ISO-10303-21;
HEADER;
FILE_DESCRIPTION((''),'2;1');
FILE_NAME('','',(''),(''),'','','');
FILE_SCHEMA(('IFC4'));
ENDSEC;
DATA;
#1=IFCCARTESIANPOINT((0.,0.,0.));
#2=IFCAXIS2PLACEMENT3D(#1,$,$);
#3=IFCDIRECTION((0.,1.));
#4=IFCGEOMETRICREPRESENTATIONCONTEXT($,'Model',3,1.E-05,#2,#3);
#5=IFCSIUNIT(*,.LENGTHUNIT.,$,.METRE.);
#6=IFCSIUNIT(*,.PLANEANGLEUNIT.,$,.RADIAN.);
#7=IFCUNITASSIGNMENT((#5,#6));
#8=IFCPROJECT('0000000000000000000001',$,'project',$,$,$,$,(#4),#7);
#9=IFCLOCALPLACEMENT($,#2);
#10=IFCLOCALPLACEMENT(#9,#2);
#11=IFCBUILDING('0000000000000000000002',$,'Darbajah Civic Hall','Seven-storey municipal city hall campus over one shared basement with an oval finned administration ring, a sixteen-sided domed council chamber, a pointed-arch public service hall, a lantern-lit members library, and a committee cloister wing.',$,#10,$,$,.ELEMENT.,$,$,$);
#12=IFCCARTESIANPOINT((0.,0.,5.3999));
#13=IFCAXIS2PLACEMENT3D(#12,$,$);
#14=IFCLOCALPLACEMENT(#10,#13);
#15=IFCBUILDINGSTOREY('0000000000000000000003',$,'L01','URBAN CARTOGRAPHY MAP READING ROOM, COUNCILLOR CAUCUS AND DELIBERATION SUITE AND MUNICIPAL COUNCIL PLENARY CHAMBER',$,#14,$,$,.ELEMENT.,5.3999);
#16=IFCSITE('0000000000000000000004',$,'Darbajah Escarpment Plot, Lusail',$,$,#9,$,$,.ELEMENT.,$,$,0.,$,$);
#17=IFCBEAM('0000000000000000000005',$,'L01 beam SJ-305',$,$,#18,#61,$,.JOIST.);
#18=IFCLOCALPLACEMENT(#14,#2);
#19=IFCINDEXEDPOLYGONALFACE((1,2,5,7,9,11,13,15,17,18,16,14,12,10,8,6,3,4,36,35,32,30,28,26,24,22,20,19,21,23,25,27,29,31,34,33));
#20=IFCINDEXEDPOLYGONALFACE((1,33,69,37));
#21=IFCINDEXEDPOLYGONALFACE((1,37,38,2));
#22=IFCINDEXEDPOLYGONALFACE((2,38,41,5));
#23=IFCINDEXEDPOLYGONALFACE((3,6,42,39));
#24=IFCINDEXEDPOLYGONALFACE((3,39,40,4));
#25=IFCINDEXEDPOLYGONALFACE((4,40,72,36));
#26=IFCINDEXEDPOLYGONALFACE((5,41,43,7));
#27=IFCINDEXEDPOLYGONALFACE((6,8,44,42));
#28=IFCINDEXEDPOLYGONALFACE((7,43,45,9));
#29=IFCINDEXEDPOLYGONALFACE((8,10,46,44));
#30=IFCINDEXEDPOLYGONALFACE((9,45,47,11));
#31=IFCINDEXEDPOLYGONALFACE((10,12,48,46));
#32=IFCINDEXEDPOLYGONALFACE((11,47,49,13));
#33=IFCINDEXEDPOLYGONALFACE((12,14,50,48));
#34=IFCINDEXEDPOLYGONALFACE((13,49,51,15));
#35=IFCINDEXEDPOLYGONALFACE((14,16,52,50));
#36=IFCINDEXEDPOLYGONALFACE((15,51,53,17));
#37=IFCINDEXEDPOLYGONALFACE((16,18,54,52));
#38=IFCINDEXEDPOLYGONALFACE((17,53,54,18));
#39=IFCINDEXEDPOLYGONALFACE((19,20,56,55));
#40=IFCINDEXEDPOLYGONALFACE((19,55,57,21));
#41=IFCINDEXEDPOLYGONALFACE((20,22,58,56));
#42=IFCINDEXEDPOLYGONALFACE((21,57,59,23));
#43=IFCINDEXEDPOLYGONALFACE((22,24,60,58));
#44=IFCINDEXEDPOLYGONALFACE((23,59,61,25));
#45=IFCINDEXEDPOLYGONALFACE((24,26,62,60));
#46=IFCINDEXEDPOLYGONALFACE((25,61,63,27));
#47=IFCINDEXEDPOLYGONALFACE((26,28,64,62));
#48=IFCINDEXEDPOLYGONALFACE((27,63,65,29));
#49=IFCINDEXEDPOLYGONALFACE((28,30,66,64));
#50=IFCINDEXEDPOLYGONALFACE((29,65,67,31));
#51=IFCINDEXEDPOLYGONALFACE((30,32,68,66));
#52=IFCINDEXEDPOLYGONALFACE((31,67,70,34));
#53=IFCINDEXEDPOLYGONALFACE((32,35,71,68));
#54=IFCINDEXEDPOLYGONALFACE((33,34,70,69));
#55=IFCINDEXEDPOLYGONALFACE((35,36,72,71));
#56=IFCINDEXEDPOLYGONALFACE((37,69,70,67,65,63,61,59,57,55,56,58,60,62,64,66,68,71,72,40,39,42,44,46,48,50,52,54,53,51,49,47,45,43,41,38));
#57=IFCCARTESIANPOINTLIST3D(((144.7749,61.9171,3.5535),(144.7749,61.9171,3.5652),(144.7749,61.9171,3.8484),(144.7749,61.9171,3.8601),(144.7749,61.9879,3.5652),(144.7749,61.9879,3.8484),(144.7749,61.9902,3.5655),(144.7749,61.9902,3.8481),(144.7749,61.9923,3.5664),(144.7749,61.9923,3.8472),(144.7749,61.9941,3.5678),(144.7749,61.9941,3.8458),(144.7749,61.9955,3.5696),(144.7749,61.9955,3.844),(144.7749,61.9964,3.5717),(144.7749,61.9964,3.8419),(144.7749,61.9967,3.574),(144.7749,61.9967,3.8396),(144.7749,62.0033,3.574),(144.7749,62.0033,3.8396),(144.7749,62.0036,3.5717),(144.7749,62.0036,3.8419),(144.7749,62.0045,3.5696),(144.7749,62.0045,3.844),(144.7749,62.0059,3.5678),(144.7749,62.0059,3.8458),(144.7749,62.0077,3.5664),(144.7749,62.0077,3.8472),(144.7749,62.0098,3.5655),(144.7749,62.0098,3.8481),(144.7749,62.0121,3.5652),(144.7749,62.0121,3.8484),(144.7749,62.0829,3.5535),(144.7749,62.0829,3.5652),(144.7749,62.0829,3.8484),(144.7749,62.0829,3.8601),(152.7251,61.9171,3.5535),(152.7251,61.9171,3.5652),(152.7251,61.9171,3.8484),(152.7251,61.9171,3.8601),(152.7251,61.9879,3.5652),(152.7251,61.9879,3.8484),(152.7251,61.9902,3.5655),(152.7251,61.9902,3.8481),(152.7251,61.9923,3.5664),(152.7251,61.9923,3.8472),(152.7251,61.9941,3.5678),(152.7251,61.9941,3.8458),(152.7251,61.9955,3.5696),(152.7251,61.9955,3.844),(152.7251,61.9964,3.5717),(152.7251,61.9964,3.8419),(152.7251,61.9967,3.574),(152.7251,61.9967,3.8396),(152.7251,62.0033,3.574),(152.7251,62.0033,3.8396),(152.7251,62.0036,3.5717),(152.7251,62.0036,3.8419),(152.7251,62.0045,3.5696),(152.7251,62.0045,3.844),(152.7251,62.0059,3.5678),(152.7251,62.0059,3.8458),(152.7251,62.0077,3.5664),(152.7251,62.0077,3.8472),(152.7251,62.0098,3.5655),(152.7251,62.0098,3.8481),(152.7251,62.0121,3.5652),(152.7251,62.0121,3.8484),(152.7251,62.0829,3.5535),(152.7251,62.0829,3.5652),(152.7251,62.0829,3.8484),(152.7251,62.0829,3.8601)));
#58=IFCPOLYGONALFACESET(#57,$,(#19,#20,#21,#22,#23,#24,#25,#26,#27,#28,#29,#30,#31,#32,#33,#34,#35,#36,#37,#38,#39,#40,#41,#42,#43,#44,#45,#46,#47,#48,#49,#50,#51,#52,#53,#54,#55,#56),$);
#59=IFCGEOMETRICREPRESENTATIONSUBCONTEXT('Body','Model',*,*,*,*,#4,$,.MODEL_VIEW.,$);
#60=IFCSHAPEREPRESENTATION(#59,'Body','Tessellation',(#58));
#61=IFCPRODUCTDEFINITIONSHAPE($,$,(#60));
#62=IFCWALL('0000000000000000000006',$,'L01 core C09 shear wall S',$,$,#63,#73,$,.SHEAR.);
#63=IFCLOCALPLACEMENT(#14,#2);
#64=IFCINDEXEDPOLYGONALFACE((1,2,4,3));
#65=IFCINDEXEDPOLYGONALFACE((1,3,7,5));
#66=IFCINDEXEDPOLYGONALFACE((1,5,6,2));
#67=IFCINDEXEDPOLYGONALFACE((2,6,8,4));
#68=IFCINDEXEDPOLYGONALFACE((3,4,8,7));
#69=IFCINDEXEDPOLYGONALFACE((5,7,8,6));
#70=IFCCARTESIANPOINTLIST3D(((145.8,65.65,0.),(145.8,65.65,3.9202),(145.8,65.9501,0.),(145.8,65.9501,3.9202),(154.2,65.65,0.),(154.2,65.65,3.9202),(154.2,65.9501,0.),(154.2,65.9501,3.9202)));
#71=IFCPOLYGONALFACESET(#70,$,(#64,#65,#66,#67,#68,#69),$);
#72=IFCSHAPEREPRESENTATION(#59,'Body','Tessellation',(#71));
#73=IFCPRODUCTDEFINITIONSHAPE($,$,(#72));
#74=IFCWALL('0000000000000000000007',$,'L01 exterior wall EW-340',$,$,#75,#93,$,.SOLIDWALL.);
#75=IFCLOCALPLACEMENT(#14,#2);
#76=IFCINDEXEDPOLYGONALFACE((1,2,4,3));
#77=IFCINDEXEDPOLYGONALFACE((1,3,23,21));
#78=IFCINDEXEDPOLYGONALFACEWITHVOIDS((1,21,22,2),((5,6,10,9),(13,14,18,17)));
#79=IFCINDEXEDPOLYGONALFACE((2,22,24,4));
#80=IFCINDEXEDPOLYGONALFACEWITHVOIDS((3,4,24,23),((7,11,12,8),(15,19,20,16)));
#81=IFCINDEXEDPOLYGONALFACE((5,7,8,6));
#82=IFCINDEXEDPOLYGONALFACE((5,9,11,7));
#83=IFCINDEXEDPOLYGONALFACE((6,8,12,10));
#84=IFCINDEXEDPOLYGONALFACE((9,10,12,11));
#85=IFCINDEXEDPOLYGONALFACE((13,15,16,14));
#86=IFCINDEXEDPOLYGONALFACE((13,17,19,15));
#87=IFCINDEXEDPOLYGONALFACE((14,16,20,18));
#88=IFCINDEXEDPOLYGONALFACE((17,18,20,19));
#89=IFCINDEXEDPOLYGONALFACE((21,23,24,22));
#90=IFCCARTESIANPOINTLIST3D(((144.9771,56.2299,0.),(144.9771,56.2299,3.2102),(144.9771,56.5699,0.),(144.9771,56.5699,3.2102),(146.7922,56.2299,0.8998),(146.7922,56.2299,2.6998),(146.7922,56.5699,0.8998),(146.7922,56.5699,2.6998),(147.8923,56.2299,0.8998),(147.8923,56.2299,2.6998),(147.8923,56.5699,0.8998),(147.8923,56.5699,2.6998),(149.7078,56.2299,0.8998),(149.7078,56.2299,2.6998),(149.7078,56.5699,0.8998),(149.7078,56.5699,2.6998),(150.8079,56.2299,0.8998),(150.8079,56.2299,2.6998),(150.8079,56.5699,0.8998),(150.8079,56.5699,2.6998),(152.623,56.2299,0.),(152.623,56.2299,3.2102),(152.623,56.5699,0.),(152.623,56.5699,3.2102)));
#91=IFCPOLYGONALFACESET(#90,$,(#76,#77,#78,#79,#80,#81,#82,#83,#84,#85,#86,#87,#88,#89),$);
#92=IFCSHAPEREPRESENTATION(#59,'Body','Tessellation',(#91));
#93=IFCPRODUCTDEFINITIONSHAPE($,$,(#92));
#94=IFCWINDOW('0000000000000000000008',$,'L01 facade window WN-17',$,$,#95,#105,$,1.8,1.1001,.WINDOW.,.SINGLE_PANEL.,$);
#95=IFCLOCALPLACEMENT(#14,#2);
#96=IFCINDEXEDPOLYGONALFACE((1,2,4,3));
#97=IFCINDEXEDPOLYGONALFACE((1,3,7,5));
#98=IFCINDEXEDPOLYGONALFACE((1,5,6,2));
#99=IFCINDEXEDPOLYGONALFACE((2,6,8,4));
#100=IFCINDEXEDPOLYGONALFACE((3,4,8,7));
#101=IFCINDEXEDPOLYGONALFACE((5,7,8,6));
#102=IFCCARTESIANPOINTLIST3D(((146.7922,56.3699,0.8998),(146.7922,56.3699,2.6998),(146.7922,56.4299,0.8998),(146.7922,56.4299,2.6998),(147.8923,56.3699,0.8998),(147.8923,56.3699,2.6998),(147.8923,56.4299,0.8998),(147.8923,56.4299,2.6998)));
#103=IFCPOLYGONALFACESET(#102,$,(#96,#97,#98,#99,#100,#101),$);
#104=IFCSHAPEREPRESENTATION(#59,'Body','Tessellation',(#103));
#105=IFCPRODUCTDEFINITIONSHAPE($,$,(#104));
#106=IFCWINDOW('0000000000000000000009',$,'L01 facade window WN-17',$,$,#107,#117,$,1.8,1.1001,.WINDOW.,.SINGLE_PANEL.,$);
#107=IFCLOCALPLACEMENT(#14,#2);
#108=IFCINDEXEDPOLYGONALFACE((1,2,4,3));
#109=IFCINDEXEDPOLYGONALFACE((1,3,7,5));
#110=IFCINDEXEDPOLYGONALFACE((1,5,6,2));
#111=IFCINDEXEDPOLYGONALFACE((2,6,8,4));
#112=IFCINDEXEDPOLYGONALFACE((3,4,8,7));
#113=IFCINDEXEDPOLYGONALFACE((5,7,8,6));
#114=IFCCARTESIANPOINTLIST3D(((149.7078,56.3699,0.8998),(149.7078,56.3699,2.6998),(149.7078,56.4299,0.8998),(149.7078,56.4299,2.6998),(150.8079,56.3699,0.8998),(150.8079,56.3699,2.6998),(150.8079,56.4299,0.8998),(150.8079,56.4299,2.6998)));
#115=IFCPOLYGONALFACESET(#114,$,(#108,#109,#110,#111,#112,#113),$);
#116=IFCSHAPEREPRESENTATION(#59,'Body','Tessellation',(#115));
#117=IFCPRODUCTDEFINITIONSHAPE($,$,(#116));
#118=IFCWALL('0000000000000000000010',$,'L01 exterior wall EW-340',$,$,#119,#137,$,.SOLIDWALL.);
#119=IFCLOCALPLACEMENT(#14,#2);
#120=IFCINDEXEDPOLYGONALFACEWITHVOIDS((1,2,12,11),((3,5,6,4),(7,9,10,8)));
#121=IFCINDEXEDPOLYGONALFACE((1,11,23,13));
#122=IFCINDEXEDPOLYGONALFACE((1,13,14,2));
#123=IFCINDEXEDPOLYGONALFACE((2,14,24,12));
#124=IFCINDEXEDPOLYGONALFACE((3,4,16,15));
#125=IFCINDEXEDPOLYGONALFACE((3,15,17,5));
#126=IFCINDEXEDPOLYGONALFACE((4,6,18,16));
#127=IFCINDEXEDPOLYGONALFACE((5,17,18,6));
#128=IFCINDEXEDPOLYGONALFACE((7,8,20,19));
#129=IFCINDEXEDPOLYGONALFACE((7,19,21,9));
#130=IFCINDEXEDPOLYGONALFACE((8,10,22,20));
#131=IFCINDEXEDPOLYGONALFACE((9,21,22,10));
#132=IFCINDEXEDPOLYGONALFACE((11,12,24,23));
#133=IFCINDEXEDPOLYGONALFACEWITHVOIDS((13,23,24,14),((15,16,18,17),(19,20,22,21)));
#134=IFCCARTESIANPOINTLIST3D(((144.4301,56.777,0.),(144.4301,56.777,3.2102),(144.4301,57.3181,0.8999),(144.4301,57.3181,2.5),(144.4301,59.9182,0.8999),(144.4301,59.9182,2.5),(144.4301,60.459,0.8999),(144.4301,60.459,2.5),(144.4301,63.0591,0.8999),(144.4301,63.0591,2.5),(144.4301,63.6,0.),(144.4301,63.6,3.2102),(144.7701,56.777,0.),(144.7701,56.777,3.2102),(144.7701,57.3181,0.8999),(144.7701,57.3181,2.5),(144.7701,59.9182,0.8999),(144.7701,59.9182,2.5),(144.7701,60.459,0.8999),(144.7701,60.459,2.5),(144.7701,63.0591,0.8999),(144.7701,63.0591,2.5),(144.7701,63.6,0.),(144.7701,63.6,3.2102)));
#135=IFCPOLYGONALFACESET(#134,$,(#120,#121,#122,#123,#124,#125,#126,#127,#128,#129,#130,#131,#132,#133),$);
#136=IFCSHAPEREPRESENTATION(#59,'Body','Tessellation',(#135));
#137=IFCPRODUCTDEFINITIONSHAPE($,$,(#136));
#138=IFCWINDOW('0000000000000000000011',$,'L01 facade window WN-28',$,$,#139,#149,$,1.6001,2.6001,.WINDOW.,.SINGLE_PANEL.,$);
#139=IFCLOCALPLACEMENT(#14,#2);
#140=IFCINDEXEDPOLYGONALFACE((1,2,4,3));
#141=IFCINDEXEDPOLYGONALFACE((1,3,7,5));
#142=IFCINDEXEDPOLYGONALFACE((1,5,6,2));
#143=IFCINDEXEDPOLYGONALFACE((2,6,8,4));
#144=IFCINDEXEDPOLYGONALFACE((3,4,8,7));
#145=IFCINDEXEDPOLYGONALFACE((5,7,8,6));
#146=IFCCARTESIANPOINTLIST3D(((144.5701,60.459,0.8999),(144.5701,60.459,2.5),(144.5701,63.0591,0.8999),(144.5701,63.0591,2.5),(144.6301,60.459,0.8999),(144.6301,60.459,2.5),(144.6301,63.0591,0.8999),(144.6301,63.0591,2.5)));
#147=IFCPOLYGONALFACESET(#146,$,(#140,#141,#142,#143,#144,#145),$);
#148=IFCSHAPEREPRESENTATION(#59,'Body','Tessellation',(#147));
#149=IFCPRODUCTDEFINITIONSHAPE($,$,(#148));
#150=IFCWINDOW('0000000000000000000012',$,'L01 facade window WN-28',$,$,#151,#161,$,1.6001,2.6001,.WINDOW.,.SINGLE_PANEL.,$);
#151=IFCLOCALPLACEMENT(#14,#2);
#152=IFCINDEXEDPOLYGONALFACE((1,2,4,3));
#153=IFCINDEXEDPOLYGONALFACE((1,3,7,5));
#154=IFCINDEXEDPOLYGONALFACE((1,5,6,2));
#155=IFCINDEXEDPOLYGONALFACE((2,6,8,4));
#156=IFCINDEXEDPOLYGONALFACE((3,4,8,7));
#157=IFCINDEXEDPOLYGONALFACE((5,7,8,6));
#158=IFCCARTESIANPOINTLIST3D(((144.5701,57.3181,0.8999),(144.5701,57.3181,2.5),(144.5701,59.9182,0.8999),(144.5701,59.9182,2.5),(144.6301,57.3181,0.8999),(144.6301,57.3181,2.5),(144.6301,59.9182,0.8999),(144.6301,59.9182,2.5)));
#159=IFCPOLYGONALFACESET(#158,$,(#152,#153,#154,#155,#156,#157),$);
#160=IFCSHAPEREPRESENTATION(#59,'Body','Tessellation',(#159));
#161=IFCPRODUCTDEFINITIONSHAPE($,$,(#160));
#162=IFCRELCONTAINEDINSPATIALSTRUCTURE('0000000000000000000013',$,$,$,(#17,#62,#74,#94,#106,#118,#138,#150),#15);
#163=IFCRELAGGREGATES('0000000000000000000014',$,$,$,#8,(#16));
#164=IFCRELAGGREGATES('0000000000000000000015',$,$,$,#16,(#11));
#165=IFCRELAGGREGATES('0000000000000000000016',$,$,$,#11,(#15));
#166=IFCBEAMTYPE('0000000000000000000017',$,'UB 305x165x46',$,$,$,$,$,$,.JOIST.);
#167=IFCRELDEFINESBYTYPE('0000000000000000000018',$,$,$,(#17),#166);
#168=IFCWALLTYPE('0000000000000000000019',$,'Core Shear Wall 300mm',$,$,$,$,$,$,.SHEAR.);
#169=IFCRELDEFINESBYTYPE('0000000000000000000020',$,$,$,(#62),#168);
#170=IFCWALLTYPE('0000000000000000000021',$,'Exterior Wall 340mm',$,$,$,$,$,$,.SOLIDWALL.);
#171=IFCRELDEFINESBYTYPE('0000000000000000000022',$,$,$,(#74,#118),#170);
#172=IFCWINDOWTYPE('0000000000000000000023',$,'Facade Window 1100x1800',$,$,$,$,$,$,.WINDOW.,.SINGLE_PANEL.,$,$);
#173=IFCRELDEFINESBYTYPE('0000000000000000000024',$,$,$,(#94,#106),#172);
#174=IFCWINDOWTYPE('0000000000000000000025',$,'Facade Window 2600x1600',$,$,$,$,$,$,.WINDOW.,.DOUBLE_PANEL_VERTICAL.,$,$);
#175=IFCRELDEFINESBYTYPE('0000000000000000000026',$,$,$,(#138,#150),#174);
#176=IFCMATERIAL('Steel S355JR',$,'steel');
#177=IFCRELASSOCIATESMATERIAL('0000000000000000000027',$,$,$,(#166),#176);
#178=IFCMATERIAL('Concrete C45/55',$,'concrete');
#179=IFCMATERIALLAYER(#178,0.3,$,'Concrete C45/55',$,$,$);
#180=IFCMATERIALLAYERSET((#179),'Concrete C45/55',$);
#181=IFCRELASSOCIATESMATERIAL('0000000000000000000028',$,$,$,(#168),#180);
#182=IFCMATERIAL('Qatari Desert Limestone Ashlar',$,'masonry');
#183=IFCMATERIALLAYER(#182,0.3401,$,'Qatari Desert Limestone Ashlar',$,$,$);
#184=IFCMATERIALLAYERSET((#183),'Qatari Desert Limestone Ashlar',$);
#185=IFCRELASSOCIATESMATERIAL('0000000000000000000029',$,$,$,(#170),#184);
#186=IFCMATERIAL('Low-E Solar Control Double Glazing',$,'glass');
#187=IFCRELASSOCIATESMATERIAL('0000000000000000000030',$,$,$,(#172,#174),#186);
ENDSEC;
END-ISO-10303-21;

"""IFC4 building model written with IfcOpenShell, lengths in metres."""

from ifc_helpers import new_model, si_unit, direction, frame, frame_2d, origin, origin_2d, place, context, subcontext, project, spatial, rectangle, i_section, extrude, material, layer, layer_set, material_profile, profile_set, type_object, element, fill, save


model = new_model("IFC4")

# Units and contexts
model_context = context("Model", 3, precision=1e-05, world=origin(), true_north=direction((0.0, 1.0)))
body_context = subcontext(model_context, "Body", "Model", "MODEL_VIEW")
ifc_project = project(units=[si_unit("LENGTHUNIT", "METRE"), si_unit("PLANEANGLEUNIT", "RADIAN")], contexts=[model_context])

# Site, building, storey
site_placement = place(None, origin())
site = spatial("IfcSite", under=ifc_project, at=site_placement, Name="Darbajah Escarpment Plot, Lusail", CompositionType="ELEMENT", RefElevation=0.0)
building_placement = place(site_placement, origin())
building = spatial("IfcBuilding", under=site, at=building_placement, Name="Darbajah Civic Hall", Description="Seven-storey municipal city hall campus over one shared basement with an oval finned administration ring, a sixteen-sided domed council chamber, a pointed-arch public service hall, a lantern-lit members library, and a committee cloister wing.", CompositionType="ELEMENT")
storey_placement = place(building_placement, frame((0.0, 0.0, 5.3999)))
storey = spatial("IfcBuildingStorey", under=building, at=storey_placement, Name="L01", Description="URBAN CARTOGRAPHY MAP READING ROOM, COUNCILLOR CAUCUS AND DELIBERATION SUITE AND MUNICIPAL COUNCIL PLENARY CHAMBER", CompositionType="ELEMENT", Elevation=5.3999)

# Shared definitions
ifc_material_1 = material(Name="Concrete C45/55", Category="concrete")

# Beam
ifc_material_2 = material(Name="Steel S355JR", Category="steel")
ifc_material_profile_1 = material_profile(ifc_material_2, i_section(OverallWidth=0.1658, OverallDepth=0.3066, WebThickness=0.0066, FlangeThickness=0.0117, FilletRadius=0.0088, at=origin_2d()), Name="UB 305x165x46")
ifc_profile_set_1 = profile_set([ifc_material_profile_1], Name="Steel S355JR")
beam_type_1 = type_object("IfcBeamType", Name="UB 305x165x46", PredefinedType="JOIST", material=ifc_profile_set_1)
for number, where, z_axis, x_axis, name in (
    (1, (144.7749, 62.0, 3.7068), (1.0, 0.0, 0.0), (0.0, 1.0, 0.0), "L01 beam SJ-305"),
):
    element("IfcBeam", number, at=place(storey_placement, frame(where, z_axis=z_axis, x_axis=x_axis)), inside=storey, type_object=beam_type_1, Name=name, PredefinedType="JOIST", context=body_context, shape_type="SweptSolid", body=[
        extrude(i_section(OverallWidth=0.1658, OverallDepth=0.3066, WebThickness=0.0066, FlangeThickness=0.0117, FilletRadius=0.0088, at=origin_2d()), origin(), (0.0, 0.0, 1.0), 7.9502),
    ])

# Wall
ifc_layer_1 = layer(ifc_material_1, 0.3, Name="Concrete C45/55")
ifc_layer_set_1 = layer_set([ifc_layer_1], Name="Concrete C45/55")
wall_type_1 = type_object("IfcWallType", Name="Core Shear Wall 300mm", PredefinedType="SHEAR", material=ifc_layer_set_1)
wall_1_placement = place(storey_placement, frame((145.8, 65.8, 0.0), z_axis=(0.0, 0.0, 1.0), x_axis=(1.0, 0.0, 0.0)))
element("IfcWall", 2, at=wall_1_placement, inside=storey, type_object=wall_type_1, Name="L01 core C09 shear wall S", PredefinedType="SHEAR", context=body_context, shape_type="SweptSolid", body=[
    extrude(rectangle(XDim=8.3999, YDim=0.3, at=frame_2d((4.2, 0.0))), origin(), (0.0, 0.0, 1.0), 3.9202),
])

# Walls, openings, windows
ifc_material_3 = material(Name="Qatari Desert Limestone Ashlar", Category="masonry")
ifc_layer_2 = layer(ifc_material_3, 0.3401, Name="Qatari Desert Limestone Ashlar")
ifc_layer_set_2 = layer_set([ifc_layer_2], Name="Qatari Desert Limestone Ashlar")
wall_type_2 = type_object("IfcWallType", Name="Exterior Wall 340mm", PredefinedType="SOLIDWALL", material=ifc_layer_set_2)
wall_2_placement = place(storey_placement, frame((144.9771, 56.3999, 0.0), z_axis=(0.0, 0.0, 1.0), x_axis=(1.0, 0.0, 0.0)))
wall_2 = element("IfcWall", 3, at=wall_2_placement, inside=storey, type_object=wall_type_2, Name="L01 exterior wall EW-340", PredefinedType="SOLIDWALL", context=body_context, shape_type="SweptSolid", body=[
    extrude(rectangle(XDim=7.646, YDim=0.3401, at=frame_2d((3.823, 0.0))), origin(), (0.0, 0.0, 1.0), 3.2102),
])
opening_1_placement = place(wall_2_placement, frame((1.8152, 0.0, 0.8999)))
opening_1 = element("IfcOpeningElement", 4, at=opening_1_placement, cuts=wall_2, PredefinedType="OPENING", context=body_context, shape_type="SweptSolid", body=[
    extrude(rectangle(XDim=1.1001, YDim=1.8, at=frame_2d((0.55, 0.8999))), frame((0.0, 0.1799, 0.0), z_axis=(0.0, -1.0, 0.0), x_axis=(1.0, 0.0, 0.0)), (0.0, 0.0, 1.0), 0.3601),
])
opening_2_placement = place(wall_2_placement, frame((4.7307, 0.0, 0.8999)))
opening_2 = element("IfcOpeningElement", 5, at=opening_2_placement, cuts=wall_2, PredefinedType="OPENING", context=body_context, shape_type="SweptSolid", body=[
    extrude(rectangle(XDim=1.1001, YDim=1.8, at=frame_2d((0.55, 0.8999))), frame((0.0, 0.1799, 0.0), z_axis=(0.0, -1.0, 0.0), x_axis=(1.0, 0.0, 0.0)), (0.0, 0.0, 1.0), 0.3601),
])
ifc_material_4 = material(Name="Low-E Solar Control Double Glazing", Category="glass")
window_type_1 = type_object("IfcWindowType", Name="Facade Window 1100x1800", PartitioningType="SINGLE_PANEL", PredefinedType="WINDOW", material=ifc_material_4)
window_1_placement = place(opening_1_placement, origin())
window_1 = element("IfcWindow", 6, at=window_1_placement, inside=storey, type_object=window_type_1, Name="L01 facade window WN-17", OverallHeight=1.8, OverallWidth=1.1001, PartitioningType="SINGLE_PANEL", PredefinedType="WINDOW", context=body_context, shape_type="SweptSolid", body=[
    extrude(rectangle(XDim=1.1001, YDim=1.8, at=frame_2d((0.55, 0.8999))), frame((0.0, 0.03, 0.0), z_axis=(0.0, -1.0, 0.0), x_axis=(1.0, 0.0, 0.0)), (0.0, 0.0, 1.0), 0.0601),
])
fill(opening_1, window_1)
window_2_placement = place(opening_2_placement, origin())
window_2 = element("IfcWindow", 7, at=window_2_placement, inside=storey, type_object=window_type_1, Name="L01 facade window WN-17", OverallHeight=1.8, OverallWidth=1.1001, PartitioningType="SINGLE_PANEL", PredefinedType="WINDOW", context=body_context, shape_type="SweptSolid", body=[
    extrude(rectangle(XDim=1.1001, YDim=1.8, at=frame_2d((0.55, 0.8999))), frame((0.0, 0.03, 0.0), z_axis=(0.0, -1.0, 0.0), x_axis=(1.0, 0.0, 0.0)), (0.0, 0.0, 1.0), 0.0601),
])
fill(opening_2, window_2)
wall_3_placement = place(storey_placement, frame((144.6001, 63.6001, 0.0), z_axis=(0.0, 0.0, 1.0), x_axis=(0.0, -1.0, 0.0)))
wall_3 = element("IfcWall", 8, at=wall_3_placement, inside=storey, type_object=wall_type_2, Name="L01 exterior wall EW-340", PredefinedType="SOLIDWALL", context=body_context, shape_type="SweptSolid", body=[
    extrude(rectangle(XDim=6.823, YDim=0.3401, at=frame_2d((3.4116, 0.0))), origin(), (0.0, 0.0, 1.0), 3.2102),
])
opening_3_placement = place(wall_3_placement, frame((0.541, 0.0, 0.8999)))
opening_3 = element("IfcOpeningElement", 9, at=opening_3_placement, cuts=wall_3, PredefinedType="OPENING", context=body_context, shape_type="SweptSolid", body=[
    extrude(rectangle(XDim=2.6001, YDim=1.6001, at=frame_2d((1.3, 0.8))), frame((0.0, 0.1799, 0.0), z_axis=(0.0, -1.0, 0.0), x_axis=(1.0, 0.0, 0.0)), (0.0, 0.0, 1.0), 0.3601),
])
opening_4_placement = place(wall_3_placement, frame((3.6819, 0.0, 0.8999)))
opening_4 = element("IfcOpeningElement", 10, at=opening_4_placement, cuts=wall_3, PredefinedType="OPENING", context=body_context, shape_type="SweptSolid", body=[
    extrude(rectangle(XDim=2.6001, YDim=1.6001, at=frame_2d((1.3, 0.8))), frame((0.0, 0.1799, 0.0), z_axis=(0.0, -1.0, 0.0), x_axis=(1.0, 0.0, 0.0)), (0.0, 0.0, 1.0), 0.3601),
])
window_type_2 = type_object("IfcWindowType", Name="Facade Window 2600x1600", PartitioningType="DOUBLE_PANEL_VERTICAL", PredefinedType="WINDOW", material=ifc_material_4)
window_3_placement = place(opening_3_placement, origin())
window_3 = element("IfcWindow", 11, at=window_3_placement, inside=storey, type_object=window_type_2, Name="L01 facade window WN-28", OverallHeight=1.6001, OverallWidth=2.6001, PartitioningType="SINGLE_PANEL", PredefinedType="WINDOW", context=body_context, shape_type="SweptSolid", body=[
    extrude(rectangle(XDim=2.6001, YDim=1.6001, at=frame_2d((1.3, 0.8))), frame((0.0, 0.03, 0.0), z_axis=(0.0, -1.0, 0.0), x_axis=(1.0, 0.0, 0.0)), (0.0, 0.0, 1.0), 0.0601),
])
fill(opening_3, window_3)
window_4_placement = place(opening_4_placement, origin())
window_4 = element("IfcWindow", 12, at=window_4_placement, inside=storey, type_object=window_type_2, Name="L01 facade window WN-28", OverallHeight=1.6001, OverallWidth=2.6001, PartitioningType="SINGLE_PANEL", PredefinedType="WINDOW", context=body_context, shape_type="SweptSolid", body=[
    extrude(rectangle(XDim=2.6001, YDim=1.6001, at=frame_2d((1.3, 0.8))), frame((0.0, 0.03, 0.0), z_axis=(0.0, -1.0, 0.0), x_axis=(1.0, 0.0, 0.0)), (0.0, 0.0, 1.0), 0.0601),
])
fill(opening_4, window_4)

save(model, "model.ifc")
